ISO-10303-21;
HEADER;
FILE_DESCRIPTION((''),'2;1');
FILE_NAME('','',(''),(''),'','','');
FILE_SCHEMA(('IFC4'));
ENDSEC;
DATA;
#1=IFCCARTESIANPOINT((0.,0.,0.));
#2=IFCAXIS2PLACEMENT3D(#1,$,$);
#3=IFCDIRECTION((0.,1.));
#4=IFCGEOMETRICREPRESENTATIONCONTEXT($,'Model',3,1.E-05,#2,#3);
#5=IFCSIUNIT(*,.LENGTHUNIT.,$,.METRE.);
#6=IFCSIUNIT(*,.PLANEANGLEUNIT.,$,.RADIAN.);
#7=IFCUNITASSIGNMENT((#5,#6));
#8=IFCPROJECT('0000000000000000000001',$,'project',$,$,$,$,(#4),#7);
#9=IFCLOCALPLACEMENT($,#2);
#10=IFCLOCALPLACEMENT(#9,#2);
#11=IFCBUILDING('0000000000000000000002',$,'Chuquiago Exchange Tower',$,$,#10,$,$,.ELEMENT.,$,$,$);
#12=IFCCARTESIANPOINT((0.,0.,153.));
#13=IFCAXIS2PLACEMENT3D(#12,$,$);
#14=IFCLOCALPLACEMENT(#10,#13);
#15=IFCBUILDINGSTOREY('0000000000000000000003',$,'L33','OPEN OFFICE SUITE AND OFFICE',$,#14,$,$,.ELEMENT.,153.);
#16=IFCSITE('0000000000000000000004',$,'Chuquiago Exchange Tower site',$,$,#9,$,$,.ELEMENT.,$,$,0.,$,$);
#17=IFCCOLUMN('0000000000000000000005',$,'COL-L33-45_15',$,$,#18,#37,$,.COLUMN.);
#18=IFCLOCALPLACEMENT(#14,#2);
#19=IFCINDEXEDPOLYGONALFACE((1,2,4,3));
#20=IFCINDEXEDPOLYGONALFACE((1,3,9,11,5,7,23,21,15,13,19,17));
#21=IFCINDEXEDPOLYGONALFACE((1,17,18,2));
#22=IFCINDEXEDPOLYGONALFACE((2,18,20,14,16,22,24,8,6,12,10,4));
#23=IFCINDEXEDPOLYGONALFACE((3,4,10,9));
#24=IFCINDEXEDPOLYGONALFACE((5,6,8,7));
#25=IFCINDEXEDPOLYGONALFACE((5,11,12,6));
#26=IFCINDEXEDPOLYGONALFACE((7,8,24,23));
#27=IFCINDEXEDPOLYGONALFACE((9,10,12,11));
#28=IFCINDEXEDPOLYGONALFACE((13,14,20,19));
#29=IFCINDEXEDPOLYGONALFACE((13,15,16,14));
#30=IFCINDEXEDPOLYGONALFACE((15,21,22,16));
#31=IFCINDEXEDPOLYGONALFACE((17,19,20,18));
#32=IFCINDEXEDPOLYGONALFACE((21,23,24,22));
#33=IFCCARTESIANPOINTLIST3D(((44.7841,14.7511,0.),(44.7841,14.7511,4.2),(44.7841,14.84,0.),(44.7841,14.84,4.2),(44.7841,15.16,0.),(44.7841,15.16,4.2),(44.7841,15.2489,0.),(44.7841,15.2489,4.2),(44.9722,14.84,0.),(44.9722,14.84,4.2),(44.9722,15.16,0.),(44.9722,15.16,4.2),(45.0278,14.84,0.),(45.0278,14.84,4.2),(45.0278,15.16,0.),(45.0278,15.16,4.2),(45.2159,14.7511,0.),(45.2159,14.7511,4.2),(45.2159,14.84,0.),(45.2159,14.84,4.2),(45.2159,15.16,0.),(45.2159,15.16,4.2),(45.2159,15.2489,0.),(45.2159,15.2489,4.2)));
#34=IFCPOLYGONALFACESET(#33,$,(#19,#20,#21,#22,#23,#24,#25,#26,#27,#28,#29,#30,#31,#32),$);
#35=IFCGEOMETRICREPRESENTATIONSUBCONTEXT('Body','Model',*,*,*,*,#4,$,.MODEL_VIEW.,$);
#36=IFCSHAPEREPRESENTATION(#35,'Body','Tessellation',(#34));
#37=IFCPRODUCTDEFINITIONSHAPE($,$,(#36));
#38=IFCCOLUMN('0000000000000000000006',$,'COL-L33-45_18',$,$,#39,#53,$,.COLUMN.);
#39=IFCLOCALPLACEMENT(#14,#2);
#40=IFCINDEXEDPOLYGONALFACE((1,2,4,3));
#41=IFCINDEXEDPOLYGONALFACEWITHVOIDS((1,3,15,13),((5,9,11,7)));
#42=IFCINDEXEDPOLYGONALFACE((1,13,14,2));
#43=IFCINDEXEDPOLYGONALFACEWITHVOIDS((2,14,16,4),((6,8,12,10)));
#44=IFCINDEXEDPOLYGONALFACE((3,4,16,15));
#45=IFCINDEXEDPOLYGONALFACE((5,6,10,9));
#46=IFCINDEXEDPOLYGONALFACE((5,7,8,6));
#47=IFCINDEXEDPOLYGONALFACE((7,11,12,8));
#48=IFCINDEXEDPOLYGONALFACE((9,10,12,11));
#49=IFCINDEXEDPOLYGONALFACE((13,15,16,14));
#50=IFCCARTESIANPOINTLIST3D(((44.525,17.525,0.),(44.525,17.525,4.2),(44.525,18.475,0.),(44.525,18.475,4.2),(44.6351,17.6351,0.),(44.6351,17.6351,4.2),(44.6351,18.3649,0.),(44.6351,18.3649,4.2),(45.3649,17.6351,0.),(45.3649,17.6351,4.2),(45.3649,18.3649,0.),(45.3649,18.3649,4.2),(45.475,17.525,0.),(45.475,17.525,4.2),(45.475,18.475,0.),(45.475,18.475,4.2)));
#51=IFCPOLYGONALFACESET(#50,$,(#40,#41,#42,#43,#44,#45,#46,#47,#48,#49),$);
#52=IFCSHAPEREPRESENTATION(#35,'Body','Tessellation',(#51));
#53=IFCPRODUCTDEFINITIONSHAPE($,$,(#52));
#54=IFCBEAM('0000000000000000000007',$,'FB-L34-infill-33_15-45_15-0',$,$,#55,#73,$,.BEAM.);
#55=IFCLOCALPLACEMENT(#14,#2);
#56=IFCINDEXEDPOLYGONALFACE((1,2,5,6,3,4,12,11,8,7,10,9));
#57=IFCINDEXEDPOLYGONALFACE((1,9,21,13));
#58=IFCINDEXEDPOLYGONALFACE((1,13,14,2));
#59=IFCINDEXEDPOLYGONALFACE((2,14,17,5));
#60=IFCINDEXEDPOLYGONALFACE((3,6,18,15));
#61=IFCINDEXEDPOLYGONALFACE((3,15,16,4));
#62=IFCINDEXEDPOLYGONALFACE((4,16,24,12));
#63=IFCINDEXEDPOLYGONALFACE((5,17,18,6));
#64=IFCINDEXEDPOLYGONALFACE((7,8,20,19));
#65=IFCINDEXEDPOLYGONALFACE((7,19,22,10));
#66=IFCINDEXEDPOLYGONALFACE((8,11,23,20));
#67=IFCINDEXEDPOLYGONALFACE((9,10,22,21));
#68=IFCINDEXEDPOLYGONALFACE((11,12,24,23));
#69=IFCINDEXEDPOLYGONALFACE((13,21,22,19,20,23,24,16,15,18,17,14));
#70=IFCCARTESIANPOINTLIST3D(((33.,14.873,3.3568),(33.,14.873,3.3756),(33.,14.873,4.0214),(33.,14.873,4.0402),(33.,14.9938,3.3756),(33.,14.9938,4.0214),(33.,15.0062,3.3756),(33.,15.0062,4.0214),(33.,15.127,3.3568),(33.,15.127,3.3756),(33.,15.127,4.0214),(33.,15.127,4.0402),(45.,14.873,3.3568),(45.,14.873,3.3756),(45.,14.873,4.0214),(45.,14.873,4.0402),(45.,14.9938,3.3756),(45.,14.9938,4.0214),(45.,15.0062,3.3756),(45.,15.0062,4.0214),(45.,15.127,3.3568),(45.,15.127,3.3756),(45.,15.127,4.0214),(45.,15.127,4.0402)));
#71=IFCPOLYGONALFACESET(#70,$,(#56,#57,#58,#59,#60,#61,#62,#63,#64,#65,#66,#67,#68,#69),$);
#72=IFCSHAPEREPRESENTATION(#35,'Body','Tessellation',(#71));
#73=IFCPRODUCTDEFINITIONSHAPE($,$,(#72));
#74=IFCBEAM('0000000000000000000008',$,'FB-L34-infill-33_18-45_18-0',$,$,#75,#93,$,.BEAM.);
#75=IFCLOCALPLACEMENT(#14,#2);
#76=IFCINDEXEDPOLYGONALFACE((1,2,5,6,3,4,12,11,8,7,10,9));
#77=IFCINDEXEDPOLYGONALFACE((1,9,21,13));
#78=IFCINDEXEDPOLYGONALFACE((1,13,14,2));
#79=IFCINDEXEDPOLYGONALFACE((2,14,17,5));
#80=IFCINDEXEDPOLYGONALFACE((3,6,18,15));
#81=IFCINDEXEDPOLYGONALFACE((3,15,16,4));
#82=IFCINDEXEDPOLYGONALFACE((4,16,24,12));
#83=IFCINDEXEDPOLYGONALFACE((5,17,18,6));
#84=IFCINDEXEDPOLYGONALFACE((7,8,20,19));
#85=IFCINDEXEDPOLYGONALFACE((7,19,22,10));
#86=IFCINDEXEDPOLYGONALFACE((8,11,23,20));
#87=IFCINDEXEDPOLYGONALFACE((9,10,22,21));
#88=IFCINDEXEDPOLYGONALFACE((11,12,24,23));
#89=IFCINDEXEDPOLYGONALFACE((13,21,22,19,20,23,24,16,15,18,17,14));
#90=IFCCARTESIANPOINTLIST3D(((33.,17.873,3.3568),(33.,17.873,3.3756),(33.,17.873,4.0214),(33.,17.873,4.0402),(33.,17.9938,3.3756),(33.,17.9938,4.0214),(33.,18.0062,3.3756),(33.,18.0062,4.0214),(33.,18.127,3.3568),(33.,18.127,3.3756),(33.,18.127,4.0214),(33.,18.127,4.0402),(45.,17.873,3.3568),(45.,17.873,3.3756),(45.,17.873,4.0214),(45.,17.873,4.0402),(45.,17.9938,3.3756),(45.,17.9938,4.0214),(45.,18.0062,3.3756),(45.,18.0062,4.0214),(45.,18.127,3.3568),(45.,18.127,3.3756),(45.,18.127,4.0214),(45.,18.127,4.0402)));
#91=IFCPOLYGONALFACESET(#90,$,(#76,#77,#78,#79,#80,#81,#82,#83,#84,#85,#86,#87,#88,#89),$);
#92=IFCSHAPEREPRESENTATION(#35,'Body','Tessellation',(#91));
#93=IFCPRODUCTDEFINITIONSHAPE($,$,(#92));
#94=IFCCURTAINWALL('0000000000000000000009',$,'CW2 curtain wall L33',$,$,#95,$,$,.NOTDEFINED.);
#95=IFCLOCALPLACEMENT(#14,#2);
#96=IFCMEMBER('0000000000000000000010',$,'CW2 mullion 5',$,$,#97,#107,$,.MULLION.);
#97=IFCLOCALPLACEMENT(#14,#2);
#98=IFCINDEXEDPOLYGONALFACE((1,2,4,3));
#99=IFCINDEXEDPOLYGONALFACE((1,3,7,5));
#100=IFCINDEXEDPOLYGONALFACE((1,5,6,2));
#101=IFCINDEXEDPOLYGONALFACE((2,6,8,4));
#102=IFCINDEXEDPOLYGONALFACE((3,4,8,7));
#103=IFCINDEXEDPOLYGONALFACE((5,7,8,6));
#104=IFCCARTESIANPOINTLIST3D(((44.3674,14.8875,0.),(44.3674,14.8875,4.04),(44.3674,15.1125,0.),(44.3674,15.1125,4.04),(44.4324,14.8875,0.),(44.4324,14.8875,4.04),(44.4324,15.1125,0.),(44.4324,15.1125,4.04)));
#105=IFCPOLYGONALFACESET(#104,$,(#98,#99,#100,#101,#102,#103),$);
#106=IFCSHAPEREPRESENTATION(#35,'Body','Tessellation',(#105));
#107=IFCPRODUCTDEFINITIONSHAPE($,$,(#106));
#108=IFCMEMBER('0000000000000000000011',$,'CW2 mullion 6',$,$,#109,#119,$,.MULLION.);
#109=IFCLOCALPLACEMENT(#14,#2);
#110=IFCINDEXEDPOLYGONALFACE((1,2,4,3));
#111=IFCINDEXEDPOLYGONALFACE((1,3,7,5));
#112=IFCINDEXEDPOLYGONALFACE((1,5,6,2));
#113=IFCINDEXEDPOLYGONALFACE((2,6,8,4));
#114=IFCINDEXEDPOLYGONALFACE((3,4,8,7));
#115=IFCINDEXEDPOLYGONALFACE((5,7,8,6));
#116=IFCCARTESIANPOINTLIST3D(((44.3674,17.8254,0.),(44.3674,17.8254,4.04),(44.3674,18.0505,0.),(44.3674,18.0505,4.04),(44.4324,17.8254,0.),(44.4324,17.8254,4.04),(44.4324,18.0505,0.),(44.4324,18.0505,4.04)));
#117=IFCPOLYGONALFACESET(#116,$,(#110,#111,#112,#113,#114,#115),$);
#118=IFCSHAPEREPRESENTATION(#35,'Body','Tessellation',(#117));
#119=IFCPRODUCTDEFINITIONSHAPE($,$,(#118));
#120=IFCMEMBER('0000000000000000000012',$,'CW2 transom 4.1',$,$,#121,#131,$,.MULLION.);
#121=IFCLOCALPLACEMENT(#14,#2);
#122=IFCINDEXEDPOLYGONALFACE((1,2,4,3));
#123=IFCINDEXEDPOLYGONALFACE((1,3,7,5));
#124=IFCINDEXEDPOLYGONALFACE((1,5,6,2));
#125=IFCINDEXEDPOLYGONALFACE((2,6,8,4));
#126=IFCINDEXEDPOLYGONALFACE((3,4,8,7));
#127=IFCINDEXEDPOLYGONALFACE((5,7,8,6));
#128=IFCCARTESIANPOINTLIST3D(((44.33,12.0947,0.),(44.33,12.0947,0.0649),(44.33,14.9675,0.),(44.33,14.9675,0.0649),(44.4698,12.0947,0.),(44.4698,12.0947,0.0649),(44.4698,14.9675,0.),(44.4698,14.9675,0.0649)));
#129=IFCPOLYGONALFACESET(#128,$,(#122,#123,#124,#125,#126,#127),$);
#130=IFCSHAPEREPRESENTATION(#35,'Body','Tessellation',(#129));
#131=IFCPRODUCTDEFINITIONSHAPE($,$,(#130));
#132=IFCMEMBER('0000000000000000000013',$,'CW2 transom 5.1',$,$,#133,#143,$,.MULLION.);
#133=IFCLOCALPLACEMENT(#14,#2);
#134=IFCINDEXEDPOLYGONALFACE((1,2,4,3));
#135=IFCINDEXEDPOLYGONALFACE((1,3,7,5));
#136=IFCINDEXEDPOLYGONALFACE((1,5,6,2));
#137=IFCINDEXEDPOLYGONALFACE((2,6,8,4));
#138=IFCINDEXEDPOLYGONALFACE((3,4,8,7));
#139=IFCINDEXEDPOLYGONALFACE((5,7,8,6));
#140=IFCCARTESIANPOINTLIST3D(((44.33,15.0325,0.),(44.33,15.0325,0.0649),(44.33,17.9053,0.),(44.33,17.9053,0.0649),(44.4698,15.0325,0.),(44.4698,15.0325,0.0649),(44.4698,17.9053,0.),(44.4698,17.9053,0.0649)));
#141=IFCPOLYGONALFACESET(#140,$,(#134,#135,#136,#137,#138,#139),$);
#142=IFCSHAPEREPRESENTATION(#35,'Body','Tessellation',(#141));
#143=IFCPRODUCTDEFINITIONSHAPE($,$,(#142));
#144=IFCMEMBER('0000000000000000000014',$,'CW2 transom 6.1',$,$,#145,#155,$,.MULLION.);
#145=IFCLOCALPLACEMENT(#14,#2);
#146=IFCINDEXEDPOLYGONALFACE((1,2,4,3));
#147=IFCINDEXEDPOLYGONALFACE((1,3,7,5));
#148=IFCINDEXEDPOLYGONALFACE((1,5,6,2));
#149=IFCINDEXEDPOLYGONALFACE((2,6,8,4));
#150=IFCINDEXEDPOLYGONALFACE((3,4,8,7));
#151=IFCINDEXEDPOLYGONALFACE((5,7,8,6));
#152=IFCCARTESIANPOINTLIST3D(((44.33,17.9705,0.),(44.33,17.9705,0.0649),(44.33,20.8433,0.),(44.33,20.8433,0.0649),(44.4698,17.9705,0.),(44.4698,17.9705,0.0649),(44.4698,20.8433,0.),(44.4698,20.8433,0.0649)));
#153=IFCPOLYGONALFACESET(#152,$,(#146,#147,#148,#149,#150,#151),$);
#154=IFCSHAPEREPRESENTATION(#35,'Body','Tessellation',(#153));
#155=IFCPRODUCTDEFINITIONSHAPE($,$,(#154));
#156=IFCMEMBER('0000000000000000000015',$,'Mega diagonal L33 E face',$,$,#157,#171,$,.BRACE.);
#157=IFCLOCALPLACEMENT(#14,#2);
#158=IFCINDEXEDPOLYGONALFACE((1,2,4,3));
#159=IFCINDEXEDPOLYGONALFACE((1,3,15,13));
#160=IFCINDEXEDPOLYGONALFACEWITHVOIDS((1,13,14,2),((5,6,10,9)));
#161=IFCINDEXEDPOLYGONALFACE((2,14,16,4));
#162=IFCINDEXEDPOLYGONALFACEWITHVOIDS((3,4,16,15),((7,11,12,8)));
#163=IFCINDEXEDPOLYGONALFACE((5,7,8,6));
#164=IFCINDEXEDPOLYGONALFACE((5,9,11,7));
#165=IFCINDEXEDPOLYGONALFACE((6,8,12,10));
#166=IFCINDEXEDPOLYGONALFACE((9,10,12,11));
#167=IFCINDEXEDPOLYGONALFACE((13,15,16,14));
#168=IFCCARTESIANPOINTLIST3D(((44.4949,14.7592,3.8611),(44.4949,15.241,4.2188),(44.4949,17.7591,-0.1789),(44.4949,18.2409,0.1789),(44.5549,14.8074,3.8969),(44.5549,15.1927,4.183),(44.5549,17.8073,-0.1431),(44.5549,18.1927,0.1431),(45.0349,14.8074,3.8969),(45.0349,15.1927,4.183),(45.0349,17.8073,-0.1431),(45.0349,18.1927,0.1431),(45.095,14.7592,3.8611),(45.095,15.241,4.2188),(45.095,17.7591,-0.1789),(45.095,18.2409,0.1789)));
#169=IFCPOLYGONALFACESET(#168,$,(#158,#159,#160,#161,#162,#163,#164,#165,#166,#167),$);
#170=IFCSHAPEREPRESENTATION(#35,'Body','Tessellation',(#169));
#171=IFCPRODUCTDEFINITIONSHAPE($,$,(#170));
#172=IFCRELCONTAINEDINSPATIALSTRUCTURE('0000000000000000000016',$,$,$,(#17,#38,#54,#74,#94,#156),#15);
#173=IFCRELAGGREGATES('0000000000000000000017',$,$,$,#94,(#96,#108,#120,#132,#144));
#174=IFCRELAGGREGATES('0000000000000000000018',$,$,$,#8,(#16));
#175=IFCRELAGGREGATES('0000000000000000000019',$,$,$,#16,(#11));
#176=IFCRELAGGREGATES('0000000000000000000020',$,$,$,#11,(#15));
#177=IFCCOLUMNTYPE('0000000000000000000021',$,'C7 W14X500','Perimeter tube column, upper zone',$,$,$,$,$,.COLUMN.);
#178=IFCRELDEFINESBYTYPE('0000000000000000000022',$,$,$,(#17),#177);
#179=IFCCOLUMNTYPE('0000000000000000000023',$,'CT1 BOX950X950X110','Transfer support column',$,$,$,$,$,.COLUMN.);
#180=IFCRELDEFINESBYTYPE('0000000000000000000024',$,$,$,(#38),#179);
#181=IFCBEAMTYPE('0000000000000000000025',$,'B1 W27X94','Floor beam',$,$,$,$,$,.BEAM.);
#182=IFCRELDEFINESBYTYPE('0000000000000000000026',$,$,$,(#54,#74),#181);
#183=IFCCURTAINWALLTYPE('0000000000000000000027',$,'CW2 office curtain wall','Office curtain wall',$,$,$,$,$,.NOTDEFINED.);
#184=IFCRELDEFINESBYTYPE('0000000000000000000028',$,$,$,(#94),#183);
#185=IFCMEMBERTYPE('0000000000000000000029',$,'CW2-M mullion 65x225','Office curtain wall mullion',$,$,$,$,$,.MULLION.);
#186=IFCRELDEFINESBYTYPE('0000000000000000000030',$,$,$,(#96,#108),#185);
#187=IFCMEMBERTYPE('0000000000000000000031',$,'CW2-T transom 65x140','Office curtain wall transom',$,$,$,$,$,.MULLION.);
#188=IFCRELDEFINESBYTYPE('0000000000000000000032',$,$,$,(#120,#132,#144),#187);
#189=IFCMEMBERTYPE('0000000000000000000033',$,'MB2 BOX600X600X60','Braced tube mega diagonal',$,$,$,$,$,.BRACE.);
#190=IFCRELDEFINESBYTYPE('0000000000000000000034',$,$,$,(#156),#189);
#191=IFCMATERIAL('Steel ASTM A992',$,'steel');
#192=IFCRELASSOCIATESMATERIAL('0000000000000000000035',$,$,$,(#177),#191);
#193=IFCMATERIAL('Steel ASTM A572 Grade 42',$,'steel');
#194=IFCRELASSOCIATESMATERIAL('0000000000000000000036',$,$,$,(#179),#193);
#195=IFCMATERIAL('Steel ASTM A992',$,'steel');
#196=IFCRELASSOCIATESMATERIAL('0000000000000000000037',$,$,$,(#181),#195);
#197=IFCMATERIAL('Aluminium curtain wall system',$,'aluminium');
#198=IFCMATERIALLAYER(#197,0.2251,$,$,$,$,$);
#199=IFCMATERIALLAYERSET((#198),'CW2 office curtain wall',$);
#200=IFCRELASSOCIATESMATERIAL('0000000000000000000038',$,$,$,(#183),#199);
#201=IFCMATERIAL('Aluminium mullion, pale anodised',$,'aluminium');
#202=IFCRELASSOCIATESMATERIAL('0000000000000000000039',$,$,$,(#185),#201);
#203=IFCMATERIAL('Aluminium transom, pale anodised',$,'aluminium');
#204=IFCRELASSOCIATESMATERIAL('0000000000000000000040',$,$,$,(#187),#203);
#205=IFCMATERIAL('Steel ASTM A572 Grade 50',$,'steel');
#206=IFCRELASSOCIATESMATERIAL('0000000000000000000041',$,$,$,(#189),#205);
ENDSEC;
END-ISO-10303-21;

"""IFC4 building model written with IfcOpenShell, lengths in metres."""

from ifc_helpers import new_model, si_unit, direction, frame, origin, origin_2d, place, context, subcontext, project, spatial, rectangle, hollow_rectangle, i_section, extrude, material, layer, layer_set, material_profile, profile_set, type_object, element, aggregate, save


model = new_model("IFC4")

# Units and contexts
model_context = context("Model", 3, precision=1e-05, world=origin(), true_north=direction((0.0, 1.0)))
body_context = subcontext(model_context, "Body", "Model", "MODEL_VIEW")
ifc_project = project(units=[si_unit("LENGTHUNIT", "METRE"), si_unit("PLANEANGLEUNIT", "RADIAN")], contexts=[model_context])

# Site, building, storey
site_placement = place(None, origin())
site = spatial("IfcSite", under=ifc_project, at=site_placement, Name="Chuquiago Exchange Tower site", CompositionType="ELEMENT", RefElevation=0.0)
building_placement = place(site_placement, origin())
building = spatial("IfcBuilding", under=site, at=building_placement, Name="Chuquiago Exchange Tower", CompositionType="ELEMENT")
storey_placement = place(building_placement, frame((0.0, 0.0, 153.0)))
storey = spatial("IfcBuildingStorey", under=building, at=storey_placement, Name="L33", Description="OPEN OFFICE SUITE AND OFFICE", CompositionType="ELEMENT", Elevation=153.0)

# Columns
ifc_material_1 = material(Name="Steel ASTM A992", Category="steel")
ifc_material_profile_1 = material_profile(ifc_material_1, i_section(OverallWidth=0.4319, OverallDepth=0.4978, WebThickness=0.0557, FlangeThickness=0.0889, at=origin_2d()), Name="W14X500")
ifc_profile_set_1 = profile_set([ifc_material_profile_1], Name="Steel ASTM A992")
column_type_1 = type_object("IfcColumnType", Name="C7 W14X500", Description="Perimeter tube column, upper zone", PredefinedType="COLUMN", material=ifc_profile_set_1)
column_1_placement = place(storey_placement, frame((45.0, 15.0, 0.0), z_axis=(0.0, 0.0, 1.0), x_axis=(1.0, 0.0, 0.0)))
element("IfcColumn", 1, at=column_1_placement, inside=storey, type_object=column_type_1, Name="COL-L33-45_15", PredefinedType="COLUMN", context=body_context, shape_type="SweptSolid", body=[
    extrude(i_section(OverallWidth=0.4319, OverallDepth=0.4978, WebThickness=0.0557, FlangeThickness=0.0889, at=origin_2d()), origin(), (0.0, 0.0, 1.0), 4.2),
])
ifc_material_2 = material(Name="Steel ASTM A572 Grade 42", Category="steel")
ifc_material_profile_2 = material_profile(ifc_material_2, hollow_rectangle(XDim=0.95, YDim=0.95, WallThickness=0.1101, at=origin_2d()), Name="BOX950X950X110")
ifc_profile_set_2 = profile_set([ifc_material_profile_2], Name="Steel ASTM A572 Grade 42")
column_type_2 = type_object("IfcColumnType", Name="CT1 BOX950X950X110", Description="Transfer support column", PredefinedType="COLUMN", material=ifc_profile_set_2)
column_2_placement = place(storey_placement, frame((45.0, 18.0, 0.0), z_axis=(0.0, 0.0, 1.0), x_axis=(1.0, 0.0, 0.0)))
element("IfcColumn", 2, at=column_2_placement, inside=storey, type_object=column_type_2, Name="COL-L33-45_18", PredefinedType="COLUMN", context=body_context, shape_type="SweptSolid", body=[
    extrude(hollow_rectangle(XDim=0.95, YDim=0.95, WallThickness=0.1101, at=origin_2d()), origin(), (0.0, 0.0, 1.0), 4.2),
])

# Beams
ifc_material_3 = material(Name="Steel ASTM A992", Category="steel")
ifc_material_profile_3 = material_profile(ifc_material_3, i_section(OverallWidth=0.2539, OverallDepth=0.6833, WebThickness=0.0125, FlangeThickness=0.0188, at=origin_2d()), Name="W27X94")
ifc_profile_set_3 = profile_set([ifc_material_profile_3], Name="Steel ASTM A992")
beam_type_1 = type_object("IfcBeamType", Name="B1 W27X94", Description="Floor beam", PredefinedType="BEAM", material=ifc_profile_set_3)
for number, where, z_axis, x_axis, name in (
    (3, (33.0, 15.0, 3.6985), (1.0, 0.0, 0.0), (0.0, 1.0, 0.0), "FB-L34-infill-33_15-45_15-0"),
    (4, (33.0, 18.0, 3.6985), (1.0, 0.0, 0.0), (0.0, 1.0, 0.0), "FB-L34-infill-33_18-45_18-0"),
):
    element("IfcBeam", number, at=place(storey_placement, frame(where, z_axis=z_axis, x_axis=x_axis)), inside=storey, type_object=beam_type_1, Name=name, PredefinedType="BEAM", context=body_context, shape_type="SweptSolid", body=[
        extrude(i_section(OverallWidth=0.2539, OverallDepth=0.6833, WebThickness=0.0125, FlangeThickness=0.0188, at=origin_2d()), origin(), (0.0, 0.0, 1.0), 12.0),
    ])

# Curtain wall, members
ifc_material_4 = material(Name="Aluminium curtain wall system", Category="aluminium")
ifc_layer_1 = layer(ifc_material_4, 0.2251)
ifc_layer_set_1 = layer_set([ifc_layer_1], Name="CW2 office curtain wall")
curtain_wall_type = type_object("IfcCurtainWallType", Name="CW2 office curtain wall", Description="Office curtain wall", PredefinedType="NOTDEFINED", material=ifc_layer_set_1)
curtain_wall_placement = place(storey_placement, origin())
curtain_wall = element("IfcCurtainWall", 5, at=curtain_wall_placement, inside=storey, type_object=curtain_wall_type, Name="CW2 curtain wall L33", PredefinedType="NOTDEFINED")
ifc_material_5 = material(Name="Aluminium mullion, pale anodised", Category="aluminium")
ifc_material_profile_4 = material_profile(ifc_material_5, rectangle(XDim=0.0649, YDim=0.2251, at=origin_2d()), Name="AL 65x225")
ifc_profile_set_4 = profile_set([ifc_material_profile_4], Name="Aluminium mullion, pale anodised")
member_type_1 = type_object("IfcMemberType", Name="CW2-M mullion 65x225", Description="Office curtain wall mullion", PredefinedType="MULLION", material=ifc_profile_set_4)
member_1_placement = place(storey_placement, frame((44.3999, 15.0, 0.0), z_axis=(0.0, 0.0, 1.0), x_axis=(-1.0, 0.0, 0.0)))
member_1 = element("IfcMember", 6, at=member_1_placement, type_object=member_type_1, Name="CW2 mullion 5", PredefinedType="MULLION", context=body_context, shape_type="SweptSolid", body=[
    extrude(rectangle(XDim=0.0649, YDim=0.2251, at=origin_2d()), origin(), (0.0, 0.0, 1.0), 4.04),
])
member_2_placement = place(storey_placement, frame((44.3999, 17.938, 0.0), z_axis=(0.0, 0.0, 1.0), x_axis=(-1.0, 0.0, 0.0)))
member_2 = element("IfcMember", 7, at=member_2_placement, type_object=member_type_1, Name="CW2 mullion 6", PredefinedType="MULLION", context=body_context, shape_type="SweptSolid", body=[
    extrude(rectangle(XDim=0.0649, YDim=0.2251, at=origin_2d()), origin(), (0.0, 0.0, 1.0), 4.04),
])
ifc_material_6 = material(Name="Aluminium transom, pale anodised", Category="aluminium")
ifc_material_profile_5 = material_profile(ifc_material_6, rectangle(XDim=0.1399, YDim=0.0649, at=origin_2d()), Name="AL 140x65")
ifc_profile_set_5 = profile_set([ifc_material_profile_5], Name="Aluminium transom, pale anodised")
member_type_2 = type_object("IfcMemberType", Name="CW2-T transom 65x140", Description="Office curtain wall transom", PredefinedType="MULLION", material=ifc_profile_set_5)
member_3_placement = place(storey_placement, frame((44.3999, 12.0947, 0.0325), z_axis=(0.0, 1.0, 0.0), x_axis=(-1.0, 0.0, 0.0)))
member_3 = element("IfcMember", 8, at=member_3_placement, type_object=member_type_2, Name="CW2 transom 4.1", PredefinedType="MULLION", context=body_context, shape_type="SweptSolid", body=[
    extrude(rectangle(XDim=0.1399, YDim=0.0649, at=origin_2d()), origin(), (0.0, 0.0, 1.0), 2.8728),
])
member_4_placement = place(storey_placement, frame((44.3999, 15.0325, 0.0325), z_axis=(0.0, 1.0, 0.0), x_axis=(-1.0, 0.0, 0.0)))
member_4 = element("IfcMember", 9, at=member_4_placement, type_object=member_type_2, Name="CW2 transom 5.1", PredefinedType="MULLION", context=body_context, shape_type="SweptSolid", body=[
    extrude(rectangle(XDim=0.1399, YDim=0.0649, at=origin_2d()), origin(), (0.0, 0.0, 1.0), 2.8728),
])
member_5_placement = place(storey_placement, frame((44.3999, 17.9705, 0.0325), z_axis=(0.0, 1.0, 0.0), x_axis=(-1.0, 0.0, 0.0)))
member_5 = element("IfcMember", 10, at=member_5_placement, type_object=member_type_2, Name="CW2 transom 6.1", PredefinedType="MULLION", context=body_context, shape_type="SweptSolid", body=[
    extrude(rectangle(XDim=0.1399, YDim=0.0649, at=origin_2d()), origin(), (0.0, 0.0, 1.0), 2.8728),
])

# Member
ifc_material_7 = material(Name="Steel ASTM A572 Grade 50", Category="steel")
ifc_material_profile_6 = material_profile(ifc_material_7, hollow_rectangle(XDim=0.6001, YDim=0.6001, WallThickness=0.0601, at=origin_2d()), Name="BOX600X600X60")
ifc_profile_set_6 = profile_set([ifc_material_profile_6], Name="Steel ASTM A572 Grade 50")
member_type_3 = type_object("IfcMemberType", Name="MB2 BOX600X600X60", Description="Braced tube mega diagonal", PredefinedType="BRACE", material=ifc_profile_set_6)
member_6_placement = place(storey_placement, frame((44.7949, 18.0, 0.0), z_axis=(0.0, -0.596174, 0.802855), x_axis=(1.0, 0.0, 0.0)))
element("IfcMember", 11, at=member_6_placement, inside=storey, type_object=member_type_3, Name="Mega diagonal L33 E face", PredefinedType="BRACE", context=body_context, shape_type="SweptSolid", body=[
    extrude(hollow_rectangle(XDim=0.6001, YDim=0.6001, WallThickness=0.0601, at=origin_2d()), origin(), (0.0, 0.0, 1.0), 5.032),
])

aggregate(curtain_wall, [member_1, member_2, member_3, member_4, member_5])

save(model, "model.ifc")
